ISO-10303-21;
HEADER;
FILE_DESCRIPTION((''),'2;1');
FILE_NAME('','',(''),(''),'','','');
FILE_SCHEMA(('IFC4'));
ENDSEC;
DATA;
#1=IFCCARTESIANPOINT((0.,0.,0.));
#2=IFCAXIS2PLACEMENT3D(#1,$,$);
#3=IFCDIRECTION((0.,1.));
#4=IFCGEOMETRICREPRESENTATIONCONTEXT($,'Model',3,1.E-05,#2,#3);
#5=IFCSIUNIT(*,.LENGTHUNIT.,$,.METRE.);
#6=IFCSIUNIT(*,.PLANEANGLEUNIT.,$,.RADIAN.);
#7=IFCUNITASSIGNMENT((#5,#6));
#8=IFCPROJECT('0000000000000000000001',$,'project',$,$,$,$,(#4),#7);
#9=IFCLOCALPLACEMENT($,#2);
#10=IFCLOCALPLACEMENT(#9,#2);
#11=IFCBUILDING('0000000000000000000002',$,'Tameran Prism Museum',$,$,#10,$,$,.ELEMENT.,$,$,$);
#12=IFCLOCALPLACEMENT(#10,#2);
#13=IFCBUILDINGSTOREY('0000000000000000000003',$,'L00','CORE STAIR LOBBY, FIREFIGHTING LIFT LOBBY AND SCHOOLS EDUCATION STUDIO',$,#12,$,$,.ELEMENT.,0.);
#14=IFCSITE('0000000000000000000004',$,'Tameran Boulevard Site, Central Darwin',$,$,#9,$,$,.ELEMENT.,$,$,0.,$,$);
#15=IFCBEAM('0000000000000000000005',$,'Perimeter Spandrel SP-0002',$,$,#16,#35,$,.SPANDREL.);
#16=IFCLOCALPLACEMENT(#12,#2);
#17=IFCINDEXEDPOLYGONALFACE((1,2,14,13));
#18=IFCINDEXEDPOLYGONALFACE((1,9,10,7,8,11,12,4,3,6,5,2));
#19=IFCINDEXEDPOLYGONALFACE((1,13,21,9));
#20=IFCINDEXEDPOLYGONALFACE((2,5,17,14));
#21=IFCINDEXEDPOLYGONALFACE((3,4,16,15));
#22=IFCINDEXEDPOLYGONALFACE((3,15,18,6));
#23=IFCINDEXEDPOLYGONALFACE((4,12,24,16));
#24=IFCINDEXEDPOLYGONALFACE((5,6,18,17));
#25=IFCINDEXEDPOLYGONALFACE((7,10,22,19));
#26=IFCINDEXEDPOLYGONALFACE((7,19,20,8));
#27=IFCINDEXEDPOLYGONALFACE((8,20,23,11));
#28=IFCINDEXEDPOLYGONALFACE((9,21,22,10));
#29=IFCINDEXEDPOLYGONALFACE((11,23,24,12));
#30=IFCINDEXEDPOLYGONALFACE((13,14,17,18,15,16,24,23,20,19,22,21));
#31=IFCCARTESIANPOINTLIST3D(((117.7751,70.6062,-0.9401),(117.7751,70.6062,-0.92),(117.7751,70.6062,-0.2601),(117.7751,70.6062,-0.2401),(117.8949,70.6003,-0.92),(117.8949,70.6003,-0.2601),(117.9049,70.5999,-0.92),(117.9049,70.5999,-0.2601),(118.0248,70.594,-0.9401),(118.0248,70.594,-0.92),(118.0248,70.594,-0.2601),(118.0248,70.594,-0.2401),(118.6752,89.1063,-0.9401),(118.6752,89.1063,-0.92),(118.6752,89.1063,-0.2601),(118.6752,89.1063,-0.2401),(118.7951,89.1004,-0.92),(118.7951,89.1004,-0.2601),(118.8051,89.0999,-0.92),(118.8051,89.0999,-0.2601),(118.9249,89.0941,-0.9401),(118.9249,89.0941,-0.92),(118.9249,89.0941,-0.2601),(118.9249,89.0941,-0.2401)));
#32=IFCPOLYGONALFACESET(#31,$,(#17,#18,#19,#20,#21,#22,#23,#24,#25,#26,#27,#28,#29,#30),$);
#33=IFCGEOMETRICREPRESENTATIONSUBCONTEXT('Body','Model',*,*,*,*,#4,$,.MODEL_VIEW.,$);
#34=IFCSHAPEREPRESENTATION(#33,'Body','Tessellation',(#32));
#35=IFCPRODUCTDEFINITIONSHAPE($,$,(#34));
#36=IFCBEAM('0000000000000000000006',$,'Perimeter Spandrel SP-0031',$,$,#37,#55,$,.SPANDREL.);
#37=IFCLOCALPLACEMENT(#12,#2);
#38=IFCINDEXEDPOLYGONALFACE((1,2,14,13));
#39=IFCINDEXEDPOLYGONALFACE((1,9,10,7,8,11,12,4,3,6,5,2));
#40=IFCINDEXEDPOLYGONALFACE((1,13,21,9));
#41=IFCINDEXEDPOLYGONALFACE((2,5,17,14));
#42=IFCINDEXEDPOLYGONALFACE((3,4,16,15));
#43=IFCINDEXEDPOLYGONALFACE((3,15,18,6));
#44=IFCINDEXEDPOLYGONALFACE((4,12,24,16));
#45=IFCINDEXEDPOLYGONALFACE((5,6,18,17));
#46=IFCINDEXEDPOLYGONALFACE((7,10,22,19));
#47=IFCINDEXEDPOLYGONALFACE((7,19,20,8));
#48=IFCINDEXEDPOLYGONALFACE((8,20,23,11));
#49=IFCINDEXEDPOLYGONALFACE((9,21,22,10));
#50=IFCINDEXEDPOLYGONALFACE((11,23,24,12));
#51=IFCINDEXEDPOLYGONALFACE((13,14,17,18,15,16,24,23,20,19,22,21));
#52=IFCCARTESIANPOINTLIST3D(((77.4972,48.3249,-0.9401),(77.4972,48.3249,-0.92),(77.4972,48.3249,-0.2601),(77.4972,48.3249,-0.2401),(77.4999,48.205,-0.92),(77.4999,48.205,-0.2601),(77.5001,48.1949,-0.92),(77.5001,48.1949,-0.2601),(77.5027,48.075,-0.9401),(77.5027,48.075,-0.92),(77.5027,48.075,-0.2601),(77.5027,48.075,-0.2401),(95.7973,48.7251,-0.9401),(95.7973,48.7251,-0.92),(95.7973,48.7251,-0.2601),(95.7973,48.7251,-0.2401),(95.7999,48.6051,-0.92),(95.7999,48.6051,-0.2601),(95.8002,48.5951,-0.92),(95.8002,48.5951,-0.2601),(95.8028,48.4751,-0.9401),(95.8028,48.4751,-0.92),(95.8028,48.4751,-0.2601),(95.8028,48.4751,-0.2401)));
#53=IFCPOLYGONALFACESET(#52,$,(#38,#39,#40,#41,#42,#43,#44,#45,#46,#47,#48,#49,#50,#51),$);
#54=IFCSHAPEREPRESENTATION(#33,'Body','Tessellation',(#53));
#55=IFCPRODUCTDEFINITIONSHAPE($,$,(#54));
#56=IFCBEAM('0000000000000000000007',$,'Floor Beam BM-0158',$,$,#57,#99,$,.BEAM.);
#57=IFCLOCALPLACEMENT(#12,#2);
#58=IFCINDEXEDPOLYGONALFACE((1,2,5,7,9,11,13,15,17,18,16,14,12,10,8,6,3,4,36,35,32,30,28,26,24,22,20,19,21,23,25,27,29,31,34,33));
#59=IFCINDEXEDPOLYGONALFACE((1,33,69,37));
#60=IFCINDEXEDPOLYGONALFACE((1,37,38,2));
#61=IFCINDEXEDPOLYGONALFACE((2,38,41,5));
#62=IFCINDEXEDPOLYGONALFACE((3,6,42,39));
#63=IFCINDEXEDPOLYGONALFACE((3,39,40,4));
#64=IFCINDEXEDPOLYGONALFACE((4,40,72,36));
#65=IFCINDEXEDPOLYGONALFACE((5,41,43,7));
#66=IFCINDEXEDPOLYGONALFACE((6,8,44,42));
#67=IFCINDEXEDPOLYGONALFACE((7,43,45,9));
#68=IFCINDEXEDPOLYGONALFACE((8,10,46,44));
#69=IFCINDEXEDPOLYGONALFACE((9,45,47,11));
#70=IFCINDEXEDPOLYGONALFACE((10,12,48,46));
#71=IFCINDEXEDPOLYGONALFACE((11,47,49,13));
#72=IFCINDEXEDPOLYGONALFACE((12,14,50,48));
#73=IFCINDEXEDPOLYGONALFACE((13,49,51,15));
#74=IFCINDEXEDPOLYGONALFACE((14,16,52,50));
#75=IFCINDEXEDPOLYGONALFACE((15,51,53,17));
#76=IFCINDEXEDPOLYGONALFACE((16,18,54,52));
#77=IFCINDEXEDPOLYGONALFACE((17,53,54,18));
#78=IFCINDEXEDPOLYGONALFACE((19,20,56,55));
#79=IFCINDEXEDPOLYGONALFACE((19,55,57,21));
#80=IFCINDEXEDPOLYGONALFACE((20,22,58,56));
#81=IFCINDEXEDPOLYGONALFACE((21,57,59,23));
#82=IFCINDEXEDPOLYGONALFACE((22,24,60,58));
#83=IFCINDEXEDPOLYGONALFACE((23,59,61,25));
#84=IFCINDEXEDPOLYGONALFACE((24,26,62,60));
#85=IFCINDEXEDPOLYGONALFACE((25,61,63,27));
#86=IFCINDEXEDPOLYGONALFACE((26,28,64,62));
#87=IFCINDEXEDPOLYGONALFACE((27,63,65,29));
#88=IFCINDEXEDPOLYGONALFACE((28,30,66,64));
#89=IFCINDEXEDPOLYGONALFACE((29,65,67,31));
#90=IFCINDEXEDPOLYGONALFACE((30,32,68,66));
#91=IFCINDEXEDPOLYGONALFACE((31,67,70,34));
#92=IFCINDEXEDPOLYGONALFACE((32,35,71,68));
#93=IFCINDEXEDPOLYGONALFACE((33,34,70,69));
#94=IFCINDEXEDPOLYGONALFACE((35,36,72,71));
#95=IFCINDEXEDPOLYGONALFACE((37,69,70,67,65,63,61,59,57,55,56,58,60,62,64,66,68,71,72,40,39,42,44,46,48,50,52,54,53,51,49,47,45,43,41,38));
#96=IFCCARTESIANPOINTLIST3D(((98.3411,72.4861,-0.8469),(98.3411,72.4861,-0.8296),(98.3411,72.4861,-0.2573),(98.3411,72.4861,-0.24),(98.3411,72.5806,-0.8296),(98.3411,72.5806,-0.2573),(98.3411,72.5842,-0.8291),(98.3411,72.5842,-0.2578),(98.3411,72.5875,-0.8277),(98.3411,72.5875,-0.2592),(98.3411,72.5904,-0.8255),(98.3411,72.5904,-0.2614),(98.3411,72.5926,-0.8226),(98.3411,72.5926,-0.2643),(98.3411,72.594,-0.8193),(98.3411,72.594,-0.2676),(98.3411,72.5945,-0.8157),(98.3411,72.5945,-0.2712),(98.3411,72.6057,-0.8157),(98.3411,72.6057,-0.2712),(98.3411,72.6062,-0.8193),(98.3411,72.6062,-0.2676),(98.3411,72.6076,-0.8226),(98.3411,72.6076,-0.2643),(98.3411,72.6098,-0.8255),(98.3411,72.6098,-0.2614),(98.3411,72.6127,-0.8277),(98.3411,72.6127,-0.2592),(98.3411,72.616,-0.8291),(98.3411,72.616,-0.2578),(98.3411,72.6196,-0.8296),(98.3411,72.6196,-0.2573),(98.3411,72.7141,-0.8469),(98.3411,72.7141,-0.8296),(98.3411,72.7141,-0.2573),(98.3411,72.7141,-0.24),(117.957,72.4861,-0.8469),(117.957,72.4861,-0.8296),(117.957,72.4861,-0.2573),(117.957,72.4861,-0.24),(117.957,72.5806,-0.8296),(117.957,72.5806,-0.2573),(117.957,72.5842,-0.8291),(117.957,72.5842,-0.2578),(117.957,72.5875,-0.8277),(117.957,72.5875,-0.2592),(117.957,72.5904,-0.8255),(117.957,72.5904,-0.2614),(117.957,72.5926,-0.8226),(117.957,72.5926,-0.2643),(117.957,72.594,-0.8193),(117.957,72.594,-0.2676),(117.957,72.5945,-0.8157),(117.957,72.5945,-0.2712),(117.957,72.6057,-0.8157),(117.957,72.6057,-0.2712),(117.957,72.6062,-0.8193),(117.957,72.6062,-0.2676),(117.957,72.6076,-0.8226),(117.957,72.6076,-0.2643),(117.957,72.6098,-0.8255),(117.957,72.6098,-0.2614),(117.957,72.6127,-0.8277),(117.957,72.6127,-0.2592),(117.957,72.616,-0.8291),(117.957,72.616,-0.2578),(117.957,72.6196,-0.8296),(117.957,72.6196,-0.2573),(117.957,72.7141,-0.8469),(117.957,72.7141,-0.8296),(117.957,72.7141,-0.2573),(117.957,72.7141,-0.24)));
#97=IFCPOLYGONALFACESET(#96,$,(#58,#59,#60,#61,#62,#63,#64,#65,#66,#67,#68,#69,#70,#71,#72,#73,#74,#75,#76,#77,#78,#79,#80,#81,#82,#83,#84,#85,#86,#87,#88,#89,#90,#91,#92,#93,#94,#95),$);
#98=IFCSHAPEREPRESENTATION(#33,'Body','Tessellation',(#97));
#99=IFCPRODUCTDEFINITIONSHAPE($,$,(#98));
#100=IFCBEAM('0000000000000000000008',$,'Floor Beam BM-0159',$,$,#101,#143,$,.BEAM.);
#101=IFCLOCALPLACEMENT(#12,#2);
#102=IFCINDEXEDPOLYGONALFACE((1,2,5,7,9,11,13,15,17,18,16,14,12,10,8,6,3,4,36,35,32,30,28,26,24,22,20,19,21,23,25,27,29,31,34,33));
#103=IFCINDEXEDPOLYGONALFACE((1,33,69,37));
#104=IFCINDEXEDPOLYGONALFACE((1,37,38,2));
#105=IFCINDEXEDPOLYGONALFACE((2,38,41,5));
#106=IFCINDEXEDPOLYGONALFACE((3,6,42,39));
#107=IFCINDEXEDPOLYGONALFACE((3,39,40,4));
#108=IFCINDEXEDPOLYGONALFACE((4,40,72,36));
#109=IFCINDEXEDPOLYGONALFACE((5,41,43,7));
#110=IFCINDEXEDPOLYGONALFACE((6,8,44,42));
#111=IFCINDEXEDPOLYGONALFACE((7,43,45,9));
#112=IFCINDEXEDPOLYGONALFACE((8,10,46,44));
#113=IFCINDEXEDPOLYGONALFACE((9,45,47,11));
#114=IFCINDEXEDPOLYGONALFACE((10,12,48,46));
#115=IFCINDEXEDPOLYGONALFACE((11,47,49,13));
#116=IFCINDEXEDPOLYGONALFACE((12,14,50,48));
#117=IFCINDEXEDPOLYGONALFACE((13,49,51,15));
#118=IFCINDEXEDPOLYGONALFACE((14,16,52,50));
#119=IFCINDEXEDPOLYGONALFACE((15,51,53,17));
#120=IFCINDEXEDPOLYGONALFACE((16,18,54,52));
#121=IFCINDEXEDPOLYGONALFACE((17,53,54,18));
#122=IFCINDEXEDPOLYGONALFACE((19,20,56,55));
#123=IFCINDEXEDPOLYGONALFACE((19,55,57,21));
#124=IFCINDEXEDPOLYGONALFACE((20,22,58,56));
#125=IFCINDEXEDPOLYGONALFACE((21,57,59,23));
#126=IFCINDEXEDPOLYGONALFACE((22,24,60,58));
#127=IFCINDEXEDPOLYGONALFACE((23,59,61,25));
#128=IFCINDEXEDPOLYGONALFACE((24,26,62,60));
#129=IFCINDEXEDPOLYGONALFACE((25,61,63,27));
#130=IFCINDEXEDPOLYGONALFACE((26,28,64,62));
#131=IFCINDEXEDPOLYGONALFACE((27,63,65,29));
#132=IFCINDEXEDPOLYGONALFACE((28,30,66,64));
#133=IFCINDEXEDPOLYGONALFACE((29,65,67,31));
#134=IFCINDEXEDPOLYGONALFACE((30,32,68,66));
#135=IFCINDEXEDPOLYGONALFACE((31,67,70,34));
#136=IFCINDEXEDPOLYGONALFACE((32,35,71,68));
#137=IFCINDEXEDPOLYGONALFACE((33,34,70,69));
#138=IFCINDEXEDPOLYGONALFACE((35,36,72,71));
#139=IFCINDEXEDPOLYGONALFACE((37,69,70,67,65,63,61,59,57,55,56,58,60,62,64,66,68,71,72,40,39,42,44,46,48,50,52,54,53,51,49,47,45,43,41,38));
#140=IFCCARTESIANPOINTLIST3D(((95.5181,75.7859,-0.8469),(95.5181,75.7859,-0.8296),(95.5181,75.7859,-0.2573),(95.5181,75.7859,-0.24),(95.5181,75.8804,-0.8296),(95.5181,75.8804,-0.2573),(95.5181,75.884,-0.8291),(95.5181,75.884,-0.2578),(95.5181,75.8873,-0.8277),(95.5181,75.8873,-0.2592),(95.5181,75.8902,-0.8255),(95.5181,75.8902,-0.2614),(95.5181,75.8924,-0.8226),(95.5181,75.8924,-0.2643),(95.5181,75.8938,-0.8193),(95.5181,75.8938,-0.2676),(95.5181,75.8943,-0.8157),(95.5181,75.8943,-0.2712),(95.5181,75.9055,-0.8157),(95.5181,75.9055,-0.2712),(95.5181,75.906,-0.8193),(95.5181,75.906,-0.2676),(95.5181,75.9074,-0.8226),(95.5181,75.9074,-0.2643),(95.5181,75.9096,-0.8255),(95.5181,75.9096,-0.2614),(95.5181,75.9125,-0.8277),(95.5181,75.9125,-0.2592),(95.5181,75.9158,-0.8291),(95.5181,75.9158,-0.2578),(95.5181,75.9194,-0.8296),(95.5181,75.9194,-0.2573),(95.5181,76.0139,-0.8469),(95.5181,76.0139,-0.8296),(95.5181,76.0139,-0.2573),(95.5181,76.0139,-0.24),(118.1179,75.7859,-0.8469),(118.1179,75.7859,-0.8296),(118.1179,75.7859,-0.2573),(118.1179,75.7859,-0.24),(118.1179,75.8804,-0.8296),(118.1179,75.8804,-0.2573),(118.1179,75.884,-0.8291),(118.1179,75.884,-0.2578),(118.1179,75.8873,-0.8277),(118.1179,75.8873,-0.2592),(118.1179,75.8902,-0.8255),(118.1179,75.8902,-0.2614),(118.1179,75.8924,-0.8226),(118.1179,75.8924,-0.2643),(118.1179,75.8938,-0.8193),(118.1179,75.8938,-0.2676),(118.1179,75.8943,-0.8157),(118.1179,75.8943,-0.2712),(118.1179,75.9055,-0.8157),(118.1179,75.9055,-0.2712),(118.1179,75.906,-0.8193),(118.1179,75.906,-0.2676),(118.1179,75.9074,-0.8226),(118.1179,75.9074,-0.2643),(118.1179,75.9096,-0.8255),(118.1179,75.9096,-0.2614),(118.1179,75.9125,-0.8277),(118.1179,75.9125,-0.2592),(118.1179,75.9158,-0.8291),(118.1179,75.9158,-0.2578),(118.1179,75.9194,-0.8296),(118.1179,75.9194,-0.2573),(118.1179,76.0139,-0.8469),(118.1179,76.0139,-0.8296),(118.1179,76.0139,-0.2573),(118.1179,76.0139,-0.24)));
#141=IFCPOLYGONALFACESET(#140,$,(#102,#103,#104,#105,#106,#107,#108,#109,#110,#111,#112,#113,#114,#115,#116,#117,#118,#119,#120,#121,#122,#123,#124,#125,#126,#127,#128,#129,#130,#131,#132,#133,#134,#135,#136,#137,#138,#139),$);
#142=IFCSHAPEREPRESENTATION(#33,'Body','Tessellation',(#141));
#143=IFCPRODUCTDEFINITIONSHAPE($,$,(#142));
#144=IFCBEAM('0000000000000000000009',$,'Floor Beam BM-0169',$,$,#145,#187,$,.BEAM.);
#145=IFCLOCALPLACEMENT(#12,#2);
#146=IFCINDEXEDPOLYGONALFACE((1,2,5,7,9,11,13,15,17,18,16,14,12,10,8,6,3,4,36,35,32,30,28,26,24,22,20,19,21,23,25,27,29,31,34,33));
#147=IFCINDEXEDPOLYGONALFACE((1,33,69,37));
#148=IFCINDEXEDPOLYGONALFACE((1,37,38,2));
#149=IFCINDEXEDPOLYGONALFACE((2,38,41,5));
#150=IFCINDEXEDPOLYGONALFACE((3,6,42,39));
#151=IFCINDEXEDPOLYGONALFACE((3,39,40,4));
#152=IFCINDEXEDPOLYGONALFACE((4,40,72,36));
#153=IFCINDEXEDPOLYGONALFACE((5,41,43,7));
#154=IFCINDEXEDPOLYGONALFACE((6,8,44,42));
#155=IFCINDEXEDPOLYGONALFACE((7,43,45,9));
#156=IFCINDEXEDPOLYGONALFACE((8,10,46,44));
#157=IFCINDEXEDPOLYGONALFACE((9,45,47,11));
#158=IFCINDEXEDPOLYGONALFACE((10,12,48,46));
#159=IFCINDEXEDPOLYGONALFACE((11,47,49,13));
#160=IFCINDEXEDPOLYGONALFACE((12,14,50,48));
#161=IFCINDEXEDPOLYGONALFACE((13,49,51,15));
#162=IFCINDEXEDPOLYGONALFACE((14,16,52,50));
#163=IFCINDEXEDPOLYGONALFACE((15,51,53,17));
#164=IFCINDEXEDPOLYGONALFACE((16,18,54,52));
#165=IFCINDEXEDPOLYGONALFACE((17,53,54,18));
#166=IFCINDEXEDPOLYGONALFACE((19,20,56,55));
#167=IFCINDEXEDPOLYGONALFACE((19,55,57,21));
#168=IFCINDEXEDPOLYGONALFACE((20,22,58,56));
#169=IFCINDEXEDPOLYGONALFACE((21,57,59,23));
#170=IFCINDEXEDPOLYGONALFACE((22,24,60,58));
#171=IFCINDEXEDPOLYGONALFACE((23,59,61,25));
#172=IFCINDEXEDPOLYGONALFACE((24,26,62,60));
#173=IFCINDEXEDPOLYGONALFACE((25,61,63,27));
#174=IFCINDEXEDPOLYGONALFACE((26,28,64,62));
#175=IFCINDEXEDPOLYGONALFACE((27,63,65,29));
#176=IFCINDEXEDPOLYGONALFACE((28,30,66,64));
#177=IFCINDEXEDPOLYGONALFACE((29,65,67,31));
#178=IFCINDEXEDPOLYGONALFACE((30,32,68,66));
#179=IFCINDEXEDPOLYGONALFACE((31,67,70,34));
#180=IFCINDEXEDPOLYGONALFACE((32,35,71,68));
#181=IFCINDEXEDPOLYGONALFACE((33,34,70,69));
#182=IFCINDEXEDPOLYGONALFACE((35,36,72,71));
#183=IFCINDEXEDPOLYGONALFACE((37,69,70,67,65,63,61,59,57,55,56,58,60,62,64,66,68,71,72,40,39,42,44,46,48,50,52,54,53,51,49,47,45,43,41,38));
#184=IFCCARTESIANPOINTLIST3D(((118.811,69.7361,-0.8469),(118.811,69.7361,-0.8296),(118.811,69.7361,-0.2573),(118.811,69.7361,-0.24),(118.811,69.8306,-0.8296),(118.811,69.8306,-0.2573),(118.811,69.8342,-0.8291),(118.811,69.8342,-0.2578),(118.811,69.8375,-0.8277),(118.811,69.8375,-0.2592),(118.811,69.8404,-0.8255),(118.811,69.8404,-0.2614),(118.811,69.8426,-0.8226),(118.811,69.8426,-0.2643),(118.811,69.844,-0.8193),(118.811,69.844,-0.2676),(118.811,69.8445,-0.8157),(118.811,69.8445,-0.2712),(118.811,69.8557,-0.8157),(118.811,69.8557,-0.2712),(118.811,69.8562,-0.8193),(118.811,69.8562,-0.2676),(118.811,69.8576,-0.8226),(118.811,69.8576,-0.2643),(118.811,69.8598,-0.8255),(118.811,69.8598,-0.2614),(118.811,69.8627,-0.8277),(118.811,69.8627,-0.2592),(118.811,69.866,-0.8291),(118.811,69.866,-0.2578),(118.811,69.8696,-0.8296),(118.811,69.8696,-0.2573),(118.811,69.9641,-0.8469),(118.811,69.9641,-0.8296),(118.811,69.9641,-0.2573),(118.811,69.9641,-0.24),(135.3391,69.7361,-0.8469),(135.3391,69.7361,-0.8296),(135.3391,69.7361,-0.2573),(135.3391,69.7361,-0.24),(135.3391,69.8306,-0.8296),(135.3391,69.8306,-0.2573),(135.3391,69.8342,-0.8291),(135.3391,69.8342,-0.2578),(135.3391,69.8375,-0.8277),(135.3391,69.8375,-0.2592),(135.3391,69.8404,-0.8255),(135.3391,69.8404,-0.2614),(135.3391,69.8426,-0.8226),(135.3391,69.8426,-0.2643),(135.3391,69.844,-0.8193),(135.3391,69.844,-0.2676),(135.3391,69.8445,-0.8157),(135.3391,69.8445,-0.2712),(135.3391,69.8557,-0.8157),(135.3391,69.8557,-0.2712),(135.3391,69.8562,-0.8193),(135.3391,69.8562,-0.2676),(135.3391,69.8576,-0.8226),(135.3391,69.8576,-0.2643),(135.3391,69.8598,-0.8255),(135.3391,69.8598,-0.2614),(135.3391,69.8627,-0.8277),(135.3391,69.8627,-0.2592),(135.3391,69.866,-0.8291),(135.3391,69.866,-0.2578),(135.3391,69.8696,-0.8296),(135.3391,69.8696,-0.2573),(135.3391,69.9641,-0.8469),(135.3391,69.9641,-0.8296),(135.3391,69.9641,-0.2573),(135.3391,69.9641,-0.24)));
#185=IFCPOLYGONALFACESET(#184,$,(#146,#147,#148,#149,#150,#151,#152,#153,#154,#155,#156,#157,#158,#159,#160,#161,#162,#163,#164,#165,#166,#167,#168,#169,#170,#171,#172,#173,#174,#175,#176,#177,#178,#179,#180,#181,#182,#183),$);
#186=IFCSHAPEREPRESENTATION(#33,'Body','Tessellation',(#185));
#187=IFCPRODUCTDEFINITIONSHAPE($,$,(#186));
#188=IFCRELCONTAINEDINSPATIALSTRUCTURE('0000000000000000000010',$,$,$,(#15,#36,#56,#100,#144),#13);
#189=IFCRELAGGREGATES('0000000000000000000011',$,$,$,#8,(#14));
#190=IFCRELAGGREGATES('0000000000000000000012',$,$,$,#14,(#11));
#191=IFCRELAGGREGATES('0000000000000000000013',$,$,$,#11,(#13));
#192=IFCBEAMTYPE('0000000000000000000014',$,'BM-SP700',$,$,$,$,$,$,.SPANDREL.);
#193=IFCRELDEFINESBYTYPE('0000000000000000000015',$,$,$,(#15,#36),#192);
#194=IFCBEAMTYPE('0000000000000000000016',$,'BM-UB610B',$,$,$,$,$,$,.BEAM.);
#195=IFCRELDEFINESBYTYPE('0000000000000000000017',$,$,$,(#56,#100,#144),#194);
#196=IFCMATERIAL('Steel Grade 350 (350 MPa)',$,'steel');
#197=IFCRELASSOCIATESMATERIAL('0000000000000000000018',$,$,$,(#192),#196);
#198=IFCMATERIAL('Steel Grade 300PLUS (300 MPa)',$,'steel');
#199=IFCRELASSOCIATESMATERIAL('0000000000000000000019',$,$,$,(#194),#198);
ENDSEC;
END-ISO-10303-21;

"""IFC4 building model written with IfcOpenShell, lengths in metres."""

from ifc_helpers import new_model, si_unit, direction, frame, origin, origin_2d, place, context, subcontext, project, spatial, i_section, extrude, material, material_profile, profile_set, type_object, element, save


model = new_model("IFC4")

# Units and contexts
model_context = context("Model", 3, precision=1e-05, world=origin(), true_north=direction((0.0, 1.0)))
body_context = subcontext(model_context, "Body", "Model", "MODEL_VIEW")
ifc_project = project(units=[si_unit("LENGTHUNIT", "METRE"), si_unit("PLANEANGLEUNIT", "RADIAN")], contexts=[model_context])

# Site, building, storey
site_placement = place(None, origin())
site = spatial("IfcSite", under=ifc_project, at=site_placement, Name="Tameran Boulevard Site, Central Darwin", CompositionType="ELEMENT", RefElevation=0.0)
building_placement = place(site_placement, origin())
building = spatial("IfcBuilding", under=site, at=building_placement, Name="Tameran Prism Museum", CompositionType="ELEMENT")
storey_placement = place(building_placement, origin())
storey = spatial("IfcBuildingStorey", under=building, at=storey_placement, Name="L00", Description="CORE STAIR LOBBY, FIREFIGHTING LIFT LOBBY AND SCHOOLS EDUCATION STUDIO", CompositionType="ELEMENT", Elevation=0.0)

# Beams
ifc_material_1 = material(Name="Steel Grade 350 (350 MPa)", Category="steel")
ifc_material_profile_1 = material_profile(ifc_material_1, i_section(OverallWidth=0.25, OverallDepth=0.7, WebThickness=0.01, FlangeThickness=0.02, at=origin_2d()))
ifc_profile_set_1 = profile_set([ifc_material_profile_1])
beam_type_1 = type_object("IfcBeamType", Name="BM-SP700", PredefinedType="SPANDREL", material=ifc_profile_set_1)
beam_1_placement = place(storey_placement, frame((117.8999, 70.6001, -0.5901), z_axis=(0.048599, 0.998818, 0.0), x_axis=(-0.998818, 0.048599, 0.0)))
element("IfcBeam", 1, at=beam_1_placement, inside=storey, type_object=beam_type_1, Name="Perimeter Spandrel SP-0002", PredefinedType="SPANDREL", context=body_context, shape_type="SweptSolid", body=[
    extrude(i_section(OverallWidth=0.25, OverallDepth=0.7, WebThickness=0.01, FlangeThickness=0.02, at=origin_2d()), origin(), (0.0, 0.0, 1.0), 18.522),
])
beam_2_placement = place(storey_placement, frame((95.8, 48.6001, -0.5901), z_axis=(-0.999761, -0.021861, 0.0), x_axis=(0.021861, -0.999761, 0.0)))
element("IfcBeam", 2, at=beam_2_placement, inside=storey, type_object=beam_type_1, Name="Perimeter Spandrel SP-0031", PredefinedType="SPANDREL", context=body_context, shape_type="SweptSolid", body=[
    extrude(i_section(OverallWidth=0.25, OverallDepth=0.7, WebThickness=0.01, FlangeThickness=0.02, at=origin_2d()), origin(), (0.0, 0.0, 1.0), 18.3044),
])
ifc_material_2 = material(Name="Steel Grade 300PLUS (300 MPa)", Category="steel")
ifc_material_profile_2 = material_profile(ifc_material_2, i_section(OverallWidth=0.228, OverallDepth=0.6069, WebThickness=0.0112, FlangeThickness=0.0173, FilletRadius=0.0139, at=origin_2d()))
ifc_profile_set_2 = profile_set([ifc_material_profile_2])
beam_type_2 = type_object("IfcBeamType", Name="BM-UB610B", PredefinedType="BEAM", material=ifc_profile_set_2)
beam_3_placement = place(storey_placement, frame((98.3411, 72.6001, -0.5435), z_axis=(1.0, 0.0, 0.0), x_axis=(0.0, 1.0, 0.0)))
element("IfcBeam", 3, at=beam_3_placement, inside=storey, type_object=beam_type_2, Name="Floor Beam BM-0158", PredefinedType="BEAM", context=body_context, shape_type="SweptSolid", body=[
    extrude(i_section(OverallWidth=0.228, OverallDepth=0.6069, WebThickness=0.0112, FlangeThickness=0.0173, FilletRadius=0.0139, at=origin_2d()), origin(), (0.0, 0.0, 1.0), 19.616),
])
beam_4_placement = place(storey_placement, frame((95.5181, 75.8999, -0.5435), z_axis=(1.0, 0.0, 0.0), x_axis=(0.0, 1.0, 0.0)))
element("IfcBeam", 4, at=beam_4_placement, inside=storey, type_object=beam_type_2, Name="Floor Beam BM-0159", PredefinedType="BEAM", context=body_context, shape_type="SweptSolid", body=[
    extrude(i_section(OverallWidth=0.228, OverallDepth=0.6069, WebThickness=0.0112, FlangeThickness=0.0173, FilletRadius=0.0139, at=origin_2d()), origin(), (0.0, 0.0, 1.0), 22.5999),
])
beam_5_placement = place(storey_placement, frame((118.811, 69.8501, -0.5435), z_axis=(1.0, 0.0, 0.0), x_axis=(0.0, 1.0, 0.0)))
element("IfcBeam", 5, at=beam_5_placement, inside=storey, type_object=beam_type_2, Name="Floor Beam BM-0169", PredefinedType="BEAM", context=body_context, shape_type="SweptSolid", body=[
    extrude(i_section(OverallWidth=0.228, OverallDepth=0.6069, WebThickness=0.0112, FlangeThickness=0.0173, FilletRadius=0.0139, at=origin_2d()), origin(), (0.0, 0.0, 1.0), 16.5281),
])

save(model, "model.ifc")
